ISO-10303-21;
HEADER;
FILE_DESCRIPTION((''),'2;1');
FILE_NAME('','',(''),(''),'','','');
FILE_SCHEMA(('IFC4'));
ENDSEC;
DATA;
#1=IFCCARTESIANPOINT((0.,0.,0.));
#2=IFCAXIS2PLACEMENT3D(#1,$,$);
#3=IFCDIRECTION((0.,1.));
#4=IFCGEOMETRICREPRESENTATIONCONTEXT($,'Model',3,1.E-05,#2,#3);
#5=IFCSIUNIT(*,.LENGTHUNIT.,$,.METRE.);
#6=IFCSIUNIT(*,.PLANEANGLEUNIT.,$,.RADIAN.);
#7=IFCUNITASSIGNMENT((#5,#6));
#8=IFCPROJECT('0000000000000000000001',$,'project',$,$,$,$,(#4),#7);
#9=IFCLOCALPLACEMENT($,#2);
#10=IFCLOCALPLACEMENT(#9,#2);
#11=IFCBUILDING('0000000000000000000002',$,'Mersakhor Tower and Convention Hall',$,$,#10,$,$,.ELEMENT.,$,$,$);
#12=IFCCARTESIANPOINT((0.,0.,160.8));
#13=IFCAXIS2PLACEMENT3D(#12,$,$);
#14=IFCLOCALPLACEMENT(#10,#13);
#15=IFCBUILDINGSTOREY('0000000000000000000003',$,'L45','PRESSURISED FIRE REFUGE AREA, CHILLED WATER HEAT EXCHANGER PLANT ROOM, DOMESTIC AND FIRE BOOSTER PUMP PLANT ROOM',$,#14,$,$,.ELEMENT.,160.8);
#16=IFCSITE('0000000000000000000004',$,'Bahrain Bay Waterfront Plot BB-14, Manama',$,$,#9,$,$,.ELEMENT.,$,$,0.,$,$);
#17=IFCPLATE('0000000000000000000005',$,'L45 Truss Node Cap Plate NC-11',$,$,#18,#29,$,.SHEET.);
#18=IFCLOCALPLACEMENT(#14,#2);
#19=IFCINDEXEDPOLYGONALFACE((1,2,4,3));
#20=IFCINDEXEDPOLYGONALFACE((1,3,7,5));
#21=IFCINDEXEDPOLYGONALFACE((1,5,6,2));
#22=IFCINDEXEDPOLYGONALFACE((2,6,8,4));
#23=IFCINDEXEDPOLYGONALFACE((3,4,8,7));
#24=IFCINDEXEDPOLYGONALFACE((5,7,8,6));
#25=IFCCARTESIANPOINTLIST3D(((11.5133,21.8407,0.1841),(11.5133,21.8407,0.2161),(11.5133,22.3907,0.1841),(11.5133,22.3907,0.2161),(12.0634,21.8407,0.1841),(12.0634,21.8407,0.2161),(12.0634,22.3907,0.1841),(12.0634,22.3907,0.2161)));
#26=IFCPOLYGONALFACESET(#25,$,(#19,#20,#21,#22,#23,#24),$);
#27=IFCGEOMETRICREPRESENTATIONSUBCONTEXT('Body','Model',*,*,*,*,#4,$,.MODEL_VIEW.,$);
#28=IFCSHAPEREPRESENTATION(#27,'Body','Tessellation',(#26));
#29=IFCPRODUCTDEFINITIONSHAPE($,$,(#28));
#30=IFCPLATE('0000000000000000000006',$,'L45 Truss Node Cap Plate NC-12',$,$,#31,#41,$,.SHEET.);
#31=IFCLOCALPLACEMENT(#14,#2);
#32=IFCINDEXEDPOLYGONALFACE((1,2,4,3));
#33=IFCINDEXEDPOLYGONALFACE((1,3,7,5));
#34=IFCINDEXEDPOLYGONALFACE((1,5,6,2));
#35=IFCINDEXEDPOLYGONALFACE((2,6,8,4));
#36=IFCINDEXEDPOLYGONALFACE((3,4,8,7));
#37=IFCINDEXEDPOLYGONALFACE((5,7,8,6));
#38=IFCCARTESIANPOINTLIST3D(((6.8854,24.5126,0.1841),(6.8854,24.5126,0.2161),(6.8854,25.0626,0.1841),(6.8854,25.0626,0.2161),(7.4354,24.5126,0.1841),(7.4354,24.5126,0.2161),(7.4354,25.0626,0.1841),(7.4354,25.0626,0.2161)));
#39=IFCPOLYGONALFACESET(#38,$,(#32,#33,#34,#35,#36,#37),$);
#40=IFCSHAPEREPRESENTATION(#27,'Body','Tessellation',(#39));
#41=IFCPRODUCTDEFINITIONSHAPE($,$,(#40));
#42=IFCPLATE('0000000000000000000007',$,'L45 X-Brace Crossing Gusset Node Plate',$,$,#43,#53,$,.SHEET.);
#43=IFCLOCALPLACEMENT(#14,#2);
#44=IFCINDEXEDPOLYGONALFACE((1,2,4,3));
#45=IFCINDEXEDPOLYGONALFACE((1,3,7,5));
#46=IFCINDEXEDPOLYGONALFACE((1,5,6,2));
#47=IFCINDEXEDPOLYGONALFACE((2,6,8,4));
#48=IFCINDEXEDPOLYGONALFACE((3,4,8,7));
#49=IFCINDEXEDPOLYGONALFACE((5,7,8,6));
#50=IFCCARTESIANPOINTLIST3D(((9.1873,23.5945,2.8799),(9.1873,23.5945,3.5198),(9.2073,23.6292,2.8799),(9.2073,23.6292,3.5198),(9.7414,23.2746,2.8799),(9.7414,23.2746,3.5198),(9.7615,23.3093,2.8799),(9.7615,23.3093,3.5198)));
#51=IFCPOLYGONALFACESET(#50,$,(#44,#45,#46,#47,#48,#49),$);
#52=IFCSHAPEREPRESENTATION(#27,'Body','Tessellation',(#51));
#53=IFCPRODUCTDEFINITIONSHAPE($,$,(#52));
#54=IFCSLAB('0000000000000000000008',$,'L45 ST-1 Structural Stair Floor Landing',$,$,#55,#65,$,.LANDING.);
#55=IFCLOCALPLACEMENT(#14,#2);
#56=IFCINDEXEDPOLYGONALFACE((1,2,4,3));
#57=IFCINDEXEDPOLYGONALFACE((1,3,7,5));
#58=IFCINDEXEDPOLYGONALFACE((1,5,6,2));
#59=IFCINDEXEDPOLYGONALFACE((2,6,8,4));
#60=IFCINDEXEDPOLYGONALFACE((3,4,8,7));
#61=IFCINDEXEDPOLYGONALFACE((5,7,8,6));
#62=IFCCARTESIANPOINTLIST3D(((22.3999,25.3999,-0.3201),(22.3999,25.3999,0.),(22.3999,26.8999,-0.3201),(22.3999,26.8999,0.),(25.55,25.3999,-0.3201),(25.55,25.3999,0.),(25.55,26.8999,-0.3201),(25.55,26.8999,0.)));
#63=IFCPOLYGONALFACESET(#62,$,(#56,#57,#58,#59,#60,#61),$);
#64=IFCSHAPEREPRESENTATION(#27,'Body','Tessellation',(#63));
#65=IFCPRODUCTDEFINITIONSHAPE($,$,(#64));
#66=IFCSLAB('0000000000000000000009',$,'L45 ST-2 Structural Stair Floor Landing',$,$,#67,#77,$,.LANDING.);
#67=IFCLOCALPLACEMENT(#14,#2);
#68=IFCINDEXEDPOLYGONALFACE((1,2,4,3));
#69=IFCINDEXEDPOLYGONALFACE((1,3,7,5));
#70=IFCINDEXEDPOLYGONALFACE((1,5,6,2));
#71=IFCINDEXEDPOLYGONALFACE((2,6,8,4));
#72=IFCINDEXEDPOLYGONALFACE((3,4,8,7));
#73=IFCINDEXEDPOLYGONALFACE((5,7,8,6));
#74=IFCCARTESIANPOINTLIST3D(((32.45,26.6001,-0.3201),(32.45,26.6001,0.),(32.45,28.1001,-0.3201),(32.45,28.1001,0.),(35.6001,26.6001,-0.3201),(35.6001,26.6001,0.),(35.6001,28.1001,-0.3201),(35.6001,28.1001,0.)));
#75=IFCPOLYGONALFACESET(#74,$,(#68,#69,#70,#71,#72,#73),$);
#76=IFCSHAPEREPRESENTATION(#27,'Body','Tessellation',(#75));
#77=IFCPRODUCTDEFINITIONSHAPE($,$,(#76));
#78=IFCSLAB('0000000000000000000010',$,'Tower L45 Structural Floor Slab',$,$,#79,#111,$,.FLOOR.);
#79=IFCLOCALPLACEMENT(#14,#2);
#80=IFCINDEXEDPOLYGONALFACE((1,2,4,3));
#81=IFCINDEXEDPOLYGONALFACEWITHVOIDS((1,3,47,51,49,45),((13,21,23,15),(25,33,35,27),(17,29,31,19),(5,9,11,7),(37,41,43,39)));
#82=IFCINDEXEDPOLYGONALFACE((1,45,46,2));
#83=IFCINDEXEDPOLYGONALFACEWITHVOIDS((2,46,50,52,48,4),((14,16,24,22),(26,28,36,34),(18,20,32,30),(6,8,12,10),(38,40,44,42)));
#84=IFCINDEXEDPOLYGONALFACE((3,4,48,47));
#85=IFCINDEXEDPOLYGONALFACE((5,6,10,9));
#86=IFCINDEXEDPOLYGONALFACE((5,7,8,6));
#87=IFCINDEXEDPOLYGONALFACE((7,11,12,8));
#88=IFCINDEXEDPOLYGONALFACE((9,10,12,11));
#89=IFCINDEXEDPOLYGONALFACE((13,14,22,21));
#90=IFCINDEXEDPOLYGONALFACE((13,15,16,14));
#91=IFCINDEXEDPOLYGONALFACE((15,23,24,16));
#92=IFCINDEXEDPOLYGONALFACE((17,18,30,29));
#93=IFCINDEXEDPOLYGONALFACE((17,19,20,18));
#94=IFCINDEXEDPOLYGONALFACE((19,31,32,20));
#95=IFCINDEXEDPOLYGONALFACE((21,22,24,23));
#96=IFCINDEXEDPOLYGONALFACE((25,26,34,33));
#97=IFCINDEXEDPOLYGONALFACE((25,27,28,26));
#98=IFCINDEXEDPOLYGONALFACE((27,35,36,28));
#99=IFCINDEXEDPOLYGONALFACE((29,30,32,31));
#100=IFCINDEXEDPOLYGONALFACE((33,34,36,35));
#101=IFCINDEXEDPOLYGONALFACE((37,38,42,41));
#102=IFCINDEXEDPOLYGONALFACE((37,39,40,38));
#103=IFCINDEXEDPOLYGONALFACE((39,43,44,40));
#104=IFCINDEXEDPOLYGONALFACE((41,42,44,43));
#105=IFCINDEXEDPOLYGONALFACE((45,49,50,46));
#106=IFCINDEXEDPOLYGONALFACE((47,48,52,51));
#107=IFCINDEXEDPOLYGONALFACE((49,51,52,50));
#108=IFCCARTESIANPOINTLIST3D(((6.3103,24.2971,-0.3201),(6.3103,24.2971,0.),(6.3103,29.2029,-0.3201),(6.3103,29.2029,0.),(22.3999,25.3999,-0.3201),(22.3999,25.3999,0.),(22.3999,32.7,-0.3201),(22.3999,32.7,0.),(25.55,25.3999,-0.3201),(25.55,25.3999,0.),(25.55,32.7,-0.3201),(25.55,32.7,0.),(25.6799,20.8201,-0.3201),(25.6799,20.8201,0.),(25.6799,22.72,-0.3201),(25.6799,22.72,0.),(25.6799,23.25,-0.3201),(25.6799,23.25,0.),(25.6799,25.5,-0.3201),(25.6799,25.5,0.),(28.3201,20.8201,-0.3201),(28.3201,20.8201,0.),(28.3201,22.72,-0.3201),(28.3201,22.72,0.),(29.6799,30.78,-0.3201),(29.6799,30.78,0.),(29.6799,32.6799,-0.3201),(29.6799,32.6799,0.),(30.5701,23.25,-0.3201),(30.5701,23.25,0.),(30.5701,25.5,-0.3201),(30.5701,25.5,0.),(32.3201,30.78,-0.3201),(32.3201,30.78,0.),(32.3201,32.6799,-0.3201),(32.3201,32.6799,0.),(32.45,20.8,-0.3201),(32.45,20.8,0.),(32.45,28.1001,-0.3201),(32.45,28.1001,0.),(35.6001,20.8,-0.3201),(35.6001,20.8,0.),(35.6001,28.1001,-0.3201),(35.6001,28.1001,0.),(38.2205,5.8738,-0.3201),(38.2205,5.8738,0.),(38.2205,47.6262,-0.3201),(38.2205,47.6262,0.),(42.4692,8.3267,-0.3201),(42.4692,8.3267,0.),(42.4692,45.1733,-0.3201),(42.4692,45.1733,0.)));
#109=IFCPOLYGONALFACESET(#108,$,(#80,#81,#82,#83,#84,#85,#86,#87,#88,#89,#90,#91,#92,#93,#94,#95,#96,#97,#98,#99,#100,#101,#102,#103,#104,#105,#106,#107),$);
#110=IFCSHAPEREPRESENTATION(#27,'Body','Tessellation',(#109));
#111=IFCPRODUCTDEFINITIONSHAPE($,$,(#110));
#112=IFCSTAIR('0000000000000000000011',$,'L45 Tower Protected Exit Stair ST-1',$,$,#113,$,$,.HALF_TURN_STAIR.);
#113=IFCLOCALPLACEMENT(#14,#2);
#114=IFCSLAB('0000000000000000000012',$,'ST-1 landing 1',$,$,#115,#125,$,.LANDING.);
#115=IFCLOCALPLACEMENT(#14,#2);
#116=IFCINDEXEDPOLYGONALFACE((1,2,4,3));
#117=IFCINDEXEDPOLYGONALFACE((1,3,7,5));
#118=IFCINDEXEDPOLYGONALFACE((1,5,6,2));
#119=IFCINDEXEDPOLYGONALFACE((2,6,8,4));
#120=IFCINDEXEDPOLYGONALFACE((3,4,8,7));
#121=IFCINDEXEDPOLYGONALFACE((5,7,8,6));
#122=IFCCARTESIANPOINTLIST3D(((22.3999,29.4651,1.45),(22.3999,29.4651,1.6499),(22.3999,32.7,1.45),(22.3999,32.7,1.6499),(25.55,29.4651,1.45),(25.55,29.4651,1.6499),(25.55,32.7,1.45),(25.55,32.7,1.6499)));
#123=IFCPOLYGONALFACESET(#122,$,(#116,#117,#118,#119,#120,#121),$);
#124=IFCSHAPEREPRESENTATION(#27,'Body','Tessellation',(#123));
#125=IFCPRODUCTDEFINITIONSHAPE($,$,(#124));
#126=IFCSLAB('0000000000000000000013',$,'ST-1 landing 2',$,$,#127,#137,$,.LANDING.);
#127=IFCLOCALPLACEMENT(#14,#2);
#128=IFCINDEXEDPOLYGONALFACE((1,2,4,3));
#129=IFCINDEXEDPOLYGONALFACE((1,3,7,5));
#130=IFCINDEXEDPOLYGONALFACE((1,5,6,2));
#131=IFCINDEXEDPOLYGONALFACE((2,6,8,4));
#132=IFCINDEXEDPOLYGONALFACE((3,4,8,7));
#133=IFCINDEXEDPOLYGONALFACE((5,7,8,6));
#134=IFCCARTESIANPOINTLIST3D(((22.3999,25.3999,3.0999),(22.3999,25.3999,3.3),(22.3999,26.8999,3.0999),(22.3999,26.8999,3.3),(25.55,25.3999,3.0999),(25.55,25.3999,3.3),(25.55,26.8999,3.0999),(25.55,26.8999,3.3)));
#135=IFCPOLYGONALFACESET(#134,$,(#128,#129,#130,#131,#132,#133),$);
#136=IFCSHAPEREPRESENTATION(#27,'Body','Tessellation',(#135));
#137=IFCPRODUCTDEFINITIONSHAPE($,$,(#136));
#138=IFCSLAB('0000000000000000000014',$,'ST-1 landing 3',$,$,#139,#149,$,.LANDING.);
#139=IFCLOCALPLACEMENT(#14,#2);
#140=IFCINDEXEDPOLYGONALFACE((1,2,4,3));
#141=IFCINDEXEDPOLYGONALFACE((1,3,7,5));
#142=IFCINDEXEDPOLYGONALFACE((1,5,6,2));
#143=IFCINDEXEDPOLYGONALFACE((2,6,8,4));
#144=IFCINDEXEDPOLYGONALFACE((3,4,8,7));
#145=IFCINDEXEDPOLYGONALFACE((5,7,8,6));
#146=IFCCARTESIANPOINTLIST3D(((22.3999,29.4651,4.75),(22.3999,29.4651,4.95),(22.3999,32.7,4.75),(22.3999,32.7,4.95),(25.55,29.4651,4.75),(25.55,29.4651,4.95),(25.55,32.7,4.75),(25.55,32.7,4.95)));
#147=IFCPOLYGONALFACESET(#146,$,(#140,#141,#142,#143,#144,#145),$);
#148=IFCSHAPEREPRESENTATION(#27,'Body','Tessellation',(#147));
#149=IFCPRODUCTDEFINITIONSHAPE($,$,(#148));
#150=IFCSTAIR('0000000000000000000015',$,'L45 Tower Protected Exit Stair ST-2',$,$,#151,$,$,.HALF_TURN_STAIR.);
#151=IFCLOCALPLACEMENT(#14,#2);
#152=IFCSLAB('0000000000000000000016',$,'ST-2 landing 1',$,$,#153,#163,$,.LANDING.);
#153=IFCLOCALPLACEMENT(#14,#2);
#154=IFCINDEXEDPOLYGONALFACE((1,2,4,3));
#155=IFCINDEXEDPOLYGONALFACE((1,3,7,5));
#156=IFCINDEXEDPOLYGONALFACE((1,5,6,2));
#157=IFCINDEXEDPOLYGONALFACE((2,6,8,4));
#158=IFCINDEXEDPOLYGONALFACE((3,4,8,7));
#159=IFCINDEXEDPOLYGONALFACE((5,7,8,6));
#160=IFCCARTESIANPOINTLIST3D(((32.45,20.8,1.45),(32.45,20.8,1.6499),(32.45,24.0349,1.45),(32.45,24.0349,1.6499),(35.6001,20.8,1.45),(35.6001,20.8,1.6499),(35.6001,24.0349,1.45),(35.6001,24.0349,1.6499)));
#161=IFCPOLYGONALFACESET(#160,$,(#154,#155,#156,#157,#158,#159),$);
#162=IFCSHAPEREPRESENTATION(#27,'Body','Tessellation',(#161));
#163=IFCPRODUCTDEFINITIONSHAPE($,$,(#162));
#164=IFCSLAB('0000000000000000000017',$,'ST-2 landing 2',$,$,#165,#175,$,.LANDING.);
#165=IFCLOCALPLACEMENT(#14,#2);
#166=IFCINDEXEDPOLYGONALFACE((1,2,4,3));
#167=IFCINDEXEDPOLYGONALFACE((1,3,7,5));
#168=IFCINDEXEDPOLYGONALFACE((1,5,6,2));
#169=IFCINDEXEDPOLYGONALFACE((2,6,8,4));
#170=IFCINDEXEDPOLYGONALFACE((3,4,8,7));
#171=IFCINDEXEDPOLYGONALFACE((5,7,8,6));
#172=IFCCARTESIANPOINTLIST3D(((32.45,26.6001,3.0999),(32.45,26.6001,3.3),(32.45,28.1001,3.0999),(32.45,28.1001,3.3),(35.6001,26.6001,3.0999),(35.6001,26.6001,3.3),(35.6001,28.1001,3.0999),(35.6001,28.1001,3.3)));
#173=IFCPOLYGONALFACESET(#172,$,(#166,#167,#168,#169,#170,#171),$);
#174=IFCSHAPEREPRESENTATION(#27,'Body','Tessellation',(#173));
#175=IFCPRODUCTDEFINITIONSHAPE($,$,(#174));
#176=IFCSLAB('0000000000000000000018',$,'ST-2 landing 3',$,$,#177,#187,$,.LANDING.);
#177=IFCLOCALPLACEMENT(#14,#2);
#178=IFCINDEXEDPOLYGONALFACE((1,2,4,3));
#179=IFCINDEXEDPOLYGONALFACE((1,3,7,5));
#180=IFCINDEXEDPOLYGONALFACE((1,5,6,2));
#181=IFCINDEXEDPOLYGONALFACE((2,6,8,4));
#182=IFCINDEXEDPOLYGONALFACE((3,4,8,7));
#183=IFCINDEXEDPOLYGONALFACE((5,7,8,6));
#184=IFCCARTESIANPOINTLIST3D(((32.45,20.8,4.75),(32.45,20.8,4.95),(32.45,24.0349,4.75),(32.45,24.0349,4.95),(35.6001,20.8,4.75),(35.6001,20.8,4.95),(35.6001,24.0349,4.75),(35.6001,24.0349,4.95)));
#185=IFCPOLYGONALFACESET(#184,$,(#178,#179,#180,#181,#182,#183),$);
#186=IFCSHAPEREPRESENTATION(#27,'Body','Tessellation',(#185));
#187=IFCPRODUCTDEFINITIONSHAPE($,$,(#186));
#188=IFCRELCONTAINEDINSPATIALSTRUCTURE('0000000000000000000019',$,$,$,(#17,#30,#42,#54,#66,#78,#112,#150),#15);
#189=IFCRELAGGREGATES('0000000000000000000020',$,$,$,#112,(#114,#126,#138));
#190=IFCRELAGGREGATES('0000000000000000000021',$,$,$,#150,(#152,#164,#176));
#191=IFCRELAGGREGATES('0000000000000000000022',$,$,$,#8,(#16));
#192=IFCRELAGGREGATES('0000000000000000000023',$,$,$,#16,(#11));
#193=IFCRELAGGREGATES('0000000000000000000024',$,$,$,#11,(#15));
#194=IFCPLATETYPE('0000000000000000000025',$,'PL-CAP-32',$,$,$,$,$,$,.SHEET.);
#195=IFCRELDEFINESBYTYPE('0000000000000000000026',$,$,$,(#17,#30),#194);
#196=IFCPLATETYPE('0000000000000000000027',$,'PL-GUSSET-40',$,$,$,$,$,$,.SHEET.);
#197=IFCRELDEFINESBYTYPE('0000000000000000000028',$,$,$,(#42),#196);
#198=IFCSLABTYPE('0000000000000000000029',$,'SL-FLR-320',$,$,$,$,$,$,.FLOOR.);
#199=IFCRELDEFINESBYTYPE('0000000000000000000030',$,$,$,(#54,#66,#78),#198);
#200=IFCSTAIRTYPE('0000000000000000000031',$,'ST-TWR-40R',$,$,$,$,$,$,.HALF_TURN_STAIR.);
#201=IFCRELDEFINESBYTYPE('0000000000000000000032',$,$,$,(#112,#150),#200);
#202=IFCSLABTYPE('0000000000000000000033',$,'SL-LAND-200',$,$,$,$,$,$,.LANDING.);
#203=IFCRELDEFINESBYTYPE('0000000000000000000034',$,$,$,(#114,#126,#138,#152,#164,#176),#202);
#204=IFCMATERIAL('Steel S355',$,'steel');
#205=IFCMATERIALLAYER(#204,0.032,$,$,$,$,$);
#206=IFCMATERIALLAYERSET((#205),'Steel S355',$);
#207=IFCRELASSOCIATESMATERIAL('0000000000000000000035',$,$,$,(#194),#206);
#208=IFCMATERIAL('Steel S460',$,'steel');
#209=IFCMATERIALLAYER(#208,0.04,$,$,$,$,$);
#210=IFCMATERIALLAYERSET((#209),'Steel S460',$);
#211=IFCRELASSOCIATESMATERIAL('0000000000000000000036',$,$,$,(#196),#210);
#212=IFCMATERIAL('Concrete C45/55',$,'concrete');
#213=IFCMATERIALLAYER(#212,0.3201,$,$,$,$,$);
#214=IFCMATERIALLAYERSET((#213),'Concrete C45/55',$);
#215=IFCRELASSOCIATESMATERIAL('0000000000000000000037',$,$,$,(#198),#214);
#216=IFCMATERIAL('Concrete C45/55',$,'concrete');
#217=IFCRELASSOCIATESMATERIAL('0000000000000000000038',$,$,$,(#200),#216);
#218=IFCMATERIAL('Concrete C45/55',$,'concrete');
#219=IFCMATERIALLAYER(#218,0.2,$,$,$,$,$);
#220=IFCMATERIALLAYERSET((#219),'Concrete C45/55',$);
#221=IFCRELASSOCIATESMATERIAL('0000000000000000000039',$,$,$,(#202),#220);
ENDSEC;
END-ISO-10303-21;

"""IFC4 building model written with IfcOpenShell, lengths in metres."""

from ifc_helpers import new_model, si_unit, direction, frame, origin, origin_2d, place, context, subcontext, project, spatial, polyline, rectangle, outline, extrude, material, layer, layer_set, type_object, element, aggregate, save


model = new_model("IFC4")

# Units and contexts
model_context = context("Model", 3, precision=1e-05, world=origin(), true_north=direction((0.0, 1.0)))
body_context = subcontext(model_context, "Body", "Model", "MODEL_VIEW")
ifc_project = project(units=[si_unit("LENGTHUNIT", "METRE"), si_unit("PLANEANGLEUNIT", "RADIAN")], contexts=[model_context])

# Site, building, storey
site_placement = place(None, origin())
site = spatial("IfcSite", under=ifc_project, at=site_placement, Name="Bahrain Bay Waterfront Plot BB-14, Manama", CompositionType="ELEMENT", RefElevation=0.0)
building_placement = place(site_placement, origin())
building = spatial("IfcBuilding", under=site, at=building_placement, Name="Mersakhor Tower and Convention Hall", CompositionType="ELEMENT")
storey_placement = place(building_placement, frame((0.0, 0.0, 160.8)))
storey = spatial("IfcBuildingStorey", under=building, at=storey_placement, Name="L45", Description="PRESSURISED FIRE REFUGE AREA, CHILLED WATER HEAT EXCHANGER PLANT ROOM, DOMESTIC AND FIRE BOOSTER PUMP PLANT ROOM", CompositionType="ELEMENT", Elevation=160.8)

# Plates
ifc_material_1 = material(Name="Steel S355", Category="steel")
ifc_layer_1 = layer(ifc_material_1, 0.032)
ifc_layer_set_1 = layer_set([ifc_layer_1], Name="Steel S355")
plate_type_1 = type_object("IfcPlateType", Name="PL-CAP-32", PredefinedType="SHEET", material=ifc_layer_set_1)
for number, where, z_axis, x_axis, name in (
    (1, (11.7883, 22.1157, 0.1841), (0.0, 0.0, 1.0), (1.0, 0.0, 0.0), "L45 Truss Node Cap Plate NC-11"),
    (2, (7.1604, 24.7876, 0.1841), (0.0, 0.0, 1.0), (1.0, 0.0, 0.0), "L45 Truss Node Cap Plate NC-12"),
):
    element("IfcPlate", number, at=place(storey_placement, frame(where, z_axis=z_axis, x_axis=x_axis)), inside=storey, type_object=plate_type_1, Name=name, PredefinedType="SHEET", context=body_context, shape_type="SweptSolid", body=[
        extrude(rectangle(XDim=0.55, YDim=0.55, at=origin_2d()), origin(), (0.0, 0.0, 1.0), 0.032),
    ])
ifc_material_2 = material(Name="Steel S460", Category="steel")
ifc_layer_2 = layer(ifc_material_2, 0.04)
ifc_layer_set_2 = layer_set([ifc_layer_2], Name="Steel S460")
plate_type_2 = type_object("IfcPlateType", Name="PL-GUSSET-40", PredefinedType="SHEET", material=ifc_layer_set_2)
plate_placement = place(storey_placement, frame((9.4744, 23.4519, 2.8799), z_axis=(0.0, 0.0, 1.0), x_axis=(0.866025, -0.5, 0.0)))
element("IfcPlate", 3, at=plate_placement, inside=storey, type_object=plate_type_2, Name="L45 X-Brace Crossing Gusset Node Plate", PredefinedType="SHEET", context=body_context, shape_type="SweptSolid", body=[
    extrude(rectangle(XDim=0.6399, YDim=0.04, at=origin_2d()), origin(), (0.0, 0.0, 1.0), 0.6399),
])

# Slabs
ifc_material_3 = material(Name="Concrete C45/55", Category="concrete")
ifc_layer_3 = layer(ifc_material_3, 0.3201)
ifc_layer_set_3 = layer_set([ifc_layer_3], Name="Concrete C45/55")
slab_type_1 = type_object("IfcSlabType", Name="SL-FLR-320", PredefinedType="FLOOR", material=ifc_layer_set_3)
slab_1_placement = place(storey_placement, frame((0.0, 0.0, -0.3201)))
element("IfcSlab", 4, at=slab_1_placement, inside=storey, type_object=slab_type_1, Name="L45 ST-1 Structural Stair Floor Landing", PredefinedType="LANDING", context=body_context, shape_type="SweptSolid", body=[
    extrude(outline(polyline([(25.55, 25.3999), (25.55, 26.8999), (22.3999, 26.8999), (22.3999, 25.3999), (25.55, 25.3999)])), origin(), (0.0, 0.0, 1.0), 0.3201),
])
slab_2_placement = place(storey_placement, frame((0.0, 0.0, -0.3201)))
element("IfcSlab", 5, at=slab_2_placement, inside=storey, type_object=slab_type_1, Name="L45 ST-2 Structural Stair Floor Landing", PredefinedType="LANDING", context=body_context, shape_type="SweptSolid", body=[
    extrude(outline(polyline([(32.45, 28.1001), (32.45, 26.6001), (35.6001, 26.6001), (35.6001, 28.1001), (32.45, 28.1001)])), origin(), (0.0, 0.0, 1.0), 0.3201),
])
slab_3_placement = place(storey_placement, frame((0.0, 0.0, -0.3201)))
element("IfcSlab", 6, at=slab_3_placement, inside=storey, type_object=slab_type_1, Name="Tower L45 Structural Floor Slab", PredefinedType="FLOOR", context=body_context, shape_type="SweptSolid", body=[
    extrude(outline(polyline([(6.3103, 29.2029), (38.2205, 47.6262), (42.4692, 45.1733), (42.4692, 8.3267), (38.2205, 5.8738), (6.3103, 24.2971), (6.3103, 29.2029)]), holes=[polyline([(25.55, 25.3999), (25.55, 32.7), (22.3999, 32.7), (22.3999, 25.3999), (25.55, 25.3999)]), polyline([(32.45, 28.1001), (32.45, 20.8), (35.6001, 20.8), (35.6001, 28.1001), (32.45, 28.1001)]), polyline([(25.6799, 20.8201), (25.6799, 22.72), (28.3201, 22.72), (28.3201, 20.8201), (25.6799, 20.8201)]), polyline([(29.6799, 30.78), (29.6799, 32.6799), (32.3201, 32.6799), (32.3201, 30.78), (29.6799, 30.78)]), polyline([(25.6799, 23.25), (25.6799, 25.5), (30.5701, 25.5), (30.5701, 23.25), (25.6799, 23.25)])]), origin(), (0.0, 0.0, 1.0), 0.3201),
])

# Stairs, slabs
ifc_material_4 = material(Name="Concrete C45/55", Category="concrete")
stair_type = type_object("IfcStairType", Name="ST-TWR-40R", PredefinedType="HALF_TURN_STAIR", material=ifc_material_4)
stair_1_placement = place(storey_placement, origin())
stair_1 = element("IfcStair", 7, at=stair_1_placement, inside=storey, type_object=stair_type, Name="L45 Tower Protected Exit Stair ST-1", PredefinedType="HALF_TURN_STAIR")
ifc_material_5 = material(Name="Concrete C45/55", Category="concrete")
ifc_layer_4 = layer(ifc_material_5, 0.2)
ifc_layer_set_4 = layer_set([ifc_layer_4], Name="Concrete C45/55")
slab_type_2 = type_object("IfcSlabType", Name="SL-LAND-200", PredefinedType="LANDING", material=ifc_layer_set_4)
slab_4_placement = place(storey_placement, frame((0.0, 0.0, 1.45)))
slab_4 = element("IfcSlab", 8, at=slab_4_placement, type_object=slab_type_2, Name="ST-1 landing 1", PredefinedType="LANDING", context=body_context, shape_type="SweptSolid", body=[
    extrude(outline(polyline([(25.55, 29.4651), (25.55, 32.7), (22.3999, 32.7), (22.3999, 29.4651), (25.55, 29.4651)])), origin(), (0.0, 0.0, 1.0), 0.2),
])
slab_5_placement = place(storey_placement, frame((0.0, 0.0, 3.0999)))
slab_5 = element("IfcSlab", 9, at=slab_5_placement, type_object=slab_type_2, Name="ST-1 landing 2", PredefinedType="LANDING", context=body_context, shape_type="SweptSolid", body=[
    extrude(outline(polyline([(25.55, 25.3999), (25.55, 26.8999), (22.3999, 26.8999), (22.3999, 25.3999), (25.55, 25.3999)])), origin(), (0.0, 0.0, 1.0), 0.2002),
])
slab_6_placement = place(storey_placement, frame((0.0, 0.0, 4.75)))
slab_6 = element("IfcSlab", 10, at=slab_6_placement, type_object=slab_type_2, Name="ST-1 landing 3", PredefinedType="LANDING", context=body_context, shape_type="SweptSolid", body=[
    extrude(outline(polyline([(25.55, 29.4651), (25.55, 32.7), (22.3999, 32.7), (22.3999, 29.4651), (25.55, 29.4651)])), origin(), (0.0, 0.0, 1.0), 0.2),
])
aggregate(stair_1, [slab_4, slab_5, slab_6])
stair_2_placement = place(storey_placement, origin())
stair_2 = element("IfcStair", 11, at=stair_2_placement, inside=storey, type_object=stair_type, Name="L45 Tower Protected Exit Stair ST-2", PredefinedType="HALF_TURN_STAIR")
slab_7_placement = place(storey_placement, frame((0.0, 0.0, 1.45)))
slab_7 = element("IfcSlab", 12, at=slab_7_placement, type_object=slab_type_2, Name="ST-2 landing 1", PredefinedType="LANDING", context=body_context, shape_type="SweptSolid", body=[
    extrude(outline(polyline([(32.45, 24.0349), (32.45, 20.8), (35.6001, 20.8), (35.6001, 24.0349), (32.45, 24.0349)])), origin(), (0.0, 0.0, 1.0), 0.2),
])
slab_8_placement = place(storey_placement, frame((0.0, 0.0, 3.0999)))
slab_8 = element("IfcSlab", 13, at=slab_8_placement, type_object=slab_type_2, Name="ST-2 landing 2", PredefinedType="LANDING", context=body_context, shape_type="SweptSolid", body=[
    extrude(outline(polyline([(32.45, 28.1001), (32.45, 26.6001), (35.6001, 26.6001), (35.6001, 28.1001), (32.45, 28.1001)])), origin(), (0.0, 0.0, 1.0), 0.2002),
])
slab_9_placement = place(storey_placement, frame((0.0, 0.0, 4.75)))
slab_9 = element("IfcSlab", 14, at=slab_9_placement, type_object=slab_type_2, Name="ST-2 landing 3", PredefinedType="LANDING", context=body_context, shape_type="SweptSolid", body=[
    extrude(outline(polyline([(32.45, 24.0349), (32.45, 20.8), (35.6001, 20.8), (35.6001, 24.0349), (32.45, 24.0349)])), origin(), (0.0, 0.0, 1.0), 0.2),
])
aggregate(stair_2, [slab_7, slab_8, slab_9])

save(model, "model.ifc")
